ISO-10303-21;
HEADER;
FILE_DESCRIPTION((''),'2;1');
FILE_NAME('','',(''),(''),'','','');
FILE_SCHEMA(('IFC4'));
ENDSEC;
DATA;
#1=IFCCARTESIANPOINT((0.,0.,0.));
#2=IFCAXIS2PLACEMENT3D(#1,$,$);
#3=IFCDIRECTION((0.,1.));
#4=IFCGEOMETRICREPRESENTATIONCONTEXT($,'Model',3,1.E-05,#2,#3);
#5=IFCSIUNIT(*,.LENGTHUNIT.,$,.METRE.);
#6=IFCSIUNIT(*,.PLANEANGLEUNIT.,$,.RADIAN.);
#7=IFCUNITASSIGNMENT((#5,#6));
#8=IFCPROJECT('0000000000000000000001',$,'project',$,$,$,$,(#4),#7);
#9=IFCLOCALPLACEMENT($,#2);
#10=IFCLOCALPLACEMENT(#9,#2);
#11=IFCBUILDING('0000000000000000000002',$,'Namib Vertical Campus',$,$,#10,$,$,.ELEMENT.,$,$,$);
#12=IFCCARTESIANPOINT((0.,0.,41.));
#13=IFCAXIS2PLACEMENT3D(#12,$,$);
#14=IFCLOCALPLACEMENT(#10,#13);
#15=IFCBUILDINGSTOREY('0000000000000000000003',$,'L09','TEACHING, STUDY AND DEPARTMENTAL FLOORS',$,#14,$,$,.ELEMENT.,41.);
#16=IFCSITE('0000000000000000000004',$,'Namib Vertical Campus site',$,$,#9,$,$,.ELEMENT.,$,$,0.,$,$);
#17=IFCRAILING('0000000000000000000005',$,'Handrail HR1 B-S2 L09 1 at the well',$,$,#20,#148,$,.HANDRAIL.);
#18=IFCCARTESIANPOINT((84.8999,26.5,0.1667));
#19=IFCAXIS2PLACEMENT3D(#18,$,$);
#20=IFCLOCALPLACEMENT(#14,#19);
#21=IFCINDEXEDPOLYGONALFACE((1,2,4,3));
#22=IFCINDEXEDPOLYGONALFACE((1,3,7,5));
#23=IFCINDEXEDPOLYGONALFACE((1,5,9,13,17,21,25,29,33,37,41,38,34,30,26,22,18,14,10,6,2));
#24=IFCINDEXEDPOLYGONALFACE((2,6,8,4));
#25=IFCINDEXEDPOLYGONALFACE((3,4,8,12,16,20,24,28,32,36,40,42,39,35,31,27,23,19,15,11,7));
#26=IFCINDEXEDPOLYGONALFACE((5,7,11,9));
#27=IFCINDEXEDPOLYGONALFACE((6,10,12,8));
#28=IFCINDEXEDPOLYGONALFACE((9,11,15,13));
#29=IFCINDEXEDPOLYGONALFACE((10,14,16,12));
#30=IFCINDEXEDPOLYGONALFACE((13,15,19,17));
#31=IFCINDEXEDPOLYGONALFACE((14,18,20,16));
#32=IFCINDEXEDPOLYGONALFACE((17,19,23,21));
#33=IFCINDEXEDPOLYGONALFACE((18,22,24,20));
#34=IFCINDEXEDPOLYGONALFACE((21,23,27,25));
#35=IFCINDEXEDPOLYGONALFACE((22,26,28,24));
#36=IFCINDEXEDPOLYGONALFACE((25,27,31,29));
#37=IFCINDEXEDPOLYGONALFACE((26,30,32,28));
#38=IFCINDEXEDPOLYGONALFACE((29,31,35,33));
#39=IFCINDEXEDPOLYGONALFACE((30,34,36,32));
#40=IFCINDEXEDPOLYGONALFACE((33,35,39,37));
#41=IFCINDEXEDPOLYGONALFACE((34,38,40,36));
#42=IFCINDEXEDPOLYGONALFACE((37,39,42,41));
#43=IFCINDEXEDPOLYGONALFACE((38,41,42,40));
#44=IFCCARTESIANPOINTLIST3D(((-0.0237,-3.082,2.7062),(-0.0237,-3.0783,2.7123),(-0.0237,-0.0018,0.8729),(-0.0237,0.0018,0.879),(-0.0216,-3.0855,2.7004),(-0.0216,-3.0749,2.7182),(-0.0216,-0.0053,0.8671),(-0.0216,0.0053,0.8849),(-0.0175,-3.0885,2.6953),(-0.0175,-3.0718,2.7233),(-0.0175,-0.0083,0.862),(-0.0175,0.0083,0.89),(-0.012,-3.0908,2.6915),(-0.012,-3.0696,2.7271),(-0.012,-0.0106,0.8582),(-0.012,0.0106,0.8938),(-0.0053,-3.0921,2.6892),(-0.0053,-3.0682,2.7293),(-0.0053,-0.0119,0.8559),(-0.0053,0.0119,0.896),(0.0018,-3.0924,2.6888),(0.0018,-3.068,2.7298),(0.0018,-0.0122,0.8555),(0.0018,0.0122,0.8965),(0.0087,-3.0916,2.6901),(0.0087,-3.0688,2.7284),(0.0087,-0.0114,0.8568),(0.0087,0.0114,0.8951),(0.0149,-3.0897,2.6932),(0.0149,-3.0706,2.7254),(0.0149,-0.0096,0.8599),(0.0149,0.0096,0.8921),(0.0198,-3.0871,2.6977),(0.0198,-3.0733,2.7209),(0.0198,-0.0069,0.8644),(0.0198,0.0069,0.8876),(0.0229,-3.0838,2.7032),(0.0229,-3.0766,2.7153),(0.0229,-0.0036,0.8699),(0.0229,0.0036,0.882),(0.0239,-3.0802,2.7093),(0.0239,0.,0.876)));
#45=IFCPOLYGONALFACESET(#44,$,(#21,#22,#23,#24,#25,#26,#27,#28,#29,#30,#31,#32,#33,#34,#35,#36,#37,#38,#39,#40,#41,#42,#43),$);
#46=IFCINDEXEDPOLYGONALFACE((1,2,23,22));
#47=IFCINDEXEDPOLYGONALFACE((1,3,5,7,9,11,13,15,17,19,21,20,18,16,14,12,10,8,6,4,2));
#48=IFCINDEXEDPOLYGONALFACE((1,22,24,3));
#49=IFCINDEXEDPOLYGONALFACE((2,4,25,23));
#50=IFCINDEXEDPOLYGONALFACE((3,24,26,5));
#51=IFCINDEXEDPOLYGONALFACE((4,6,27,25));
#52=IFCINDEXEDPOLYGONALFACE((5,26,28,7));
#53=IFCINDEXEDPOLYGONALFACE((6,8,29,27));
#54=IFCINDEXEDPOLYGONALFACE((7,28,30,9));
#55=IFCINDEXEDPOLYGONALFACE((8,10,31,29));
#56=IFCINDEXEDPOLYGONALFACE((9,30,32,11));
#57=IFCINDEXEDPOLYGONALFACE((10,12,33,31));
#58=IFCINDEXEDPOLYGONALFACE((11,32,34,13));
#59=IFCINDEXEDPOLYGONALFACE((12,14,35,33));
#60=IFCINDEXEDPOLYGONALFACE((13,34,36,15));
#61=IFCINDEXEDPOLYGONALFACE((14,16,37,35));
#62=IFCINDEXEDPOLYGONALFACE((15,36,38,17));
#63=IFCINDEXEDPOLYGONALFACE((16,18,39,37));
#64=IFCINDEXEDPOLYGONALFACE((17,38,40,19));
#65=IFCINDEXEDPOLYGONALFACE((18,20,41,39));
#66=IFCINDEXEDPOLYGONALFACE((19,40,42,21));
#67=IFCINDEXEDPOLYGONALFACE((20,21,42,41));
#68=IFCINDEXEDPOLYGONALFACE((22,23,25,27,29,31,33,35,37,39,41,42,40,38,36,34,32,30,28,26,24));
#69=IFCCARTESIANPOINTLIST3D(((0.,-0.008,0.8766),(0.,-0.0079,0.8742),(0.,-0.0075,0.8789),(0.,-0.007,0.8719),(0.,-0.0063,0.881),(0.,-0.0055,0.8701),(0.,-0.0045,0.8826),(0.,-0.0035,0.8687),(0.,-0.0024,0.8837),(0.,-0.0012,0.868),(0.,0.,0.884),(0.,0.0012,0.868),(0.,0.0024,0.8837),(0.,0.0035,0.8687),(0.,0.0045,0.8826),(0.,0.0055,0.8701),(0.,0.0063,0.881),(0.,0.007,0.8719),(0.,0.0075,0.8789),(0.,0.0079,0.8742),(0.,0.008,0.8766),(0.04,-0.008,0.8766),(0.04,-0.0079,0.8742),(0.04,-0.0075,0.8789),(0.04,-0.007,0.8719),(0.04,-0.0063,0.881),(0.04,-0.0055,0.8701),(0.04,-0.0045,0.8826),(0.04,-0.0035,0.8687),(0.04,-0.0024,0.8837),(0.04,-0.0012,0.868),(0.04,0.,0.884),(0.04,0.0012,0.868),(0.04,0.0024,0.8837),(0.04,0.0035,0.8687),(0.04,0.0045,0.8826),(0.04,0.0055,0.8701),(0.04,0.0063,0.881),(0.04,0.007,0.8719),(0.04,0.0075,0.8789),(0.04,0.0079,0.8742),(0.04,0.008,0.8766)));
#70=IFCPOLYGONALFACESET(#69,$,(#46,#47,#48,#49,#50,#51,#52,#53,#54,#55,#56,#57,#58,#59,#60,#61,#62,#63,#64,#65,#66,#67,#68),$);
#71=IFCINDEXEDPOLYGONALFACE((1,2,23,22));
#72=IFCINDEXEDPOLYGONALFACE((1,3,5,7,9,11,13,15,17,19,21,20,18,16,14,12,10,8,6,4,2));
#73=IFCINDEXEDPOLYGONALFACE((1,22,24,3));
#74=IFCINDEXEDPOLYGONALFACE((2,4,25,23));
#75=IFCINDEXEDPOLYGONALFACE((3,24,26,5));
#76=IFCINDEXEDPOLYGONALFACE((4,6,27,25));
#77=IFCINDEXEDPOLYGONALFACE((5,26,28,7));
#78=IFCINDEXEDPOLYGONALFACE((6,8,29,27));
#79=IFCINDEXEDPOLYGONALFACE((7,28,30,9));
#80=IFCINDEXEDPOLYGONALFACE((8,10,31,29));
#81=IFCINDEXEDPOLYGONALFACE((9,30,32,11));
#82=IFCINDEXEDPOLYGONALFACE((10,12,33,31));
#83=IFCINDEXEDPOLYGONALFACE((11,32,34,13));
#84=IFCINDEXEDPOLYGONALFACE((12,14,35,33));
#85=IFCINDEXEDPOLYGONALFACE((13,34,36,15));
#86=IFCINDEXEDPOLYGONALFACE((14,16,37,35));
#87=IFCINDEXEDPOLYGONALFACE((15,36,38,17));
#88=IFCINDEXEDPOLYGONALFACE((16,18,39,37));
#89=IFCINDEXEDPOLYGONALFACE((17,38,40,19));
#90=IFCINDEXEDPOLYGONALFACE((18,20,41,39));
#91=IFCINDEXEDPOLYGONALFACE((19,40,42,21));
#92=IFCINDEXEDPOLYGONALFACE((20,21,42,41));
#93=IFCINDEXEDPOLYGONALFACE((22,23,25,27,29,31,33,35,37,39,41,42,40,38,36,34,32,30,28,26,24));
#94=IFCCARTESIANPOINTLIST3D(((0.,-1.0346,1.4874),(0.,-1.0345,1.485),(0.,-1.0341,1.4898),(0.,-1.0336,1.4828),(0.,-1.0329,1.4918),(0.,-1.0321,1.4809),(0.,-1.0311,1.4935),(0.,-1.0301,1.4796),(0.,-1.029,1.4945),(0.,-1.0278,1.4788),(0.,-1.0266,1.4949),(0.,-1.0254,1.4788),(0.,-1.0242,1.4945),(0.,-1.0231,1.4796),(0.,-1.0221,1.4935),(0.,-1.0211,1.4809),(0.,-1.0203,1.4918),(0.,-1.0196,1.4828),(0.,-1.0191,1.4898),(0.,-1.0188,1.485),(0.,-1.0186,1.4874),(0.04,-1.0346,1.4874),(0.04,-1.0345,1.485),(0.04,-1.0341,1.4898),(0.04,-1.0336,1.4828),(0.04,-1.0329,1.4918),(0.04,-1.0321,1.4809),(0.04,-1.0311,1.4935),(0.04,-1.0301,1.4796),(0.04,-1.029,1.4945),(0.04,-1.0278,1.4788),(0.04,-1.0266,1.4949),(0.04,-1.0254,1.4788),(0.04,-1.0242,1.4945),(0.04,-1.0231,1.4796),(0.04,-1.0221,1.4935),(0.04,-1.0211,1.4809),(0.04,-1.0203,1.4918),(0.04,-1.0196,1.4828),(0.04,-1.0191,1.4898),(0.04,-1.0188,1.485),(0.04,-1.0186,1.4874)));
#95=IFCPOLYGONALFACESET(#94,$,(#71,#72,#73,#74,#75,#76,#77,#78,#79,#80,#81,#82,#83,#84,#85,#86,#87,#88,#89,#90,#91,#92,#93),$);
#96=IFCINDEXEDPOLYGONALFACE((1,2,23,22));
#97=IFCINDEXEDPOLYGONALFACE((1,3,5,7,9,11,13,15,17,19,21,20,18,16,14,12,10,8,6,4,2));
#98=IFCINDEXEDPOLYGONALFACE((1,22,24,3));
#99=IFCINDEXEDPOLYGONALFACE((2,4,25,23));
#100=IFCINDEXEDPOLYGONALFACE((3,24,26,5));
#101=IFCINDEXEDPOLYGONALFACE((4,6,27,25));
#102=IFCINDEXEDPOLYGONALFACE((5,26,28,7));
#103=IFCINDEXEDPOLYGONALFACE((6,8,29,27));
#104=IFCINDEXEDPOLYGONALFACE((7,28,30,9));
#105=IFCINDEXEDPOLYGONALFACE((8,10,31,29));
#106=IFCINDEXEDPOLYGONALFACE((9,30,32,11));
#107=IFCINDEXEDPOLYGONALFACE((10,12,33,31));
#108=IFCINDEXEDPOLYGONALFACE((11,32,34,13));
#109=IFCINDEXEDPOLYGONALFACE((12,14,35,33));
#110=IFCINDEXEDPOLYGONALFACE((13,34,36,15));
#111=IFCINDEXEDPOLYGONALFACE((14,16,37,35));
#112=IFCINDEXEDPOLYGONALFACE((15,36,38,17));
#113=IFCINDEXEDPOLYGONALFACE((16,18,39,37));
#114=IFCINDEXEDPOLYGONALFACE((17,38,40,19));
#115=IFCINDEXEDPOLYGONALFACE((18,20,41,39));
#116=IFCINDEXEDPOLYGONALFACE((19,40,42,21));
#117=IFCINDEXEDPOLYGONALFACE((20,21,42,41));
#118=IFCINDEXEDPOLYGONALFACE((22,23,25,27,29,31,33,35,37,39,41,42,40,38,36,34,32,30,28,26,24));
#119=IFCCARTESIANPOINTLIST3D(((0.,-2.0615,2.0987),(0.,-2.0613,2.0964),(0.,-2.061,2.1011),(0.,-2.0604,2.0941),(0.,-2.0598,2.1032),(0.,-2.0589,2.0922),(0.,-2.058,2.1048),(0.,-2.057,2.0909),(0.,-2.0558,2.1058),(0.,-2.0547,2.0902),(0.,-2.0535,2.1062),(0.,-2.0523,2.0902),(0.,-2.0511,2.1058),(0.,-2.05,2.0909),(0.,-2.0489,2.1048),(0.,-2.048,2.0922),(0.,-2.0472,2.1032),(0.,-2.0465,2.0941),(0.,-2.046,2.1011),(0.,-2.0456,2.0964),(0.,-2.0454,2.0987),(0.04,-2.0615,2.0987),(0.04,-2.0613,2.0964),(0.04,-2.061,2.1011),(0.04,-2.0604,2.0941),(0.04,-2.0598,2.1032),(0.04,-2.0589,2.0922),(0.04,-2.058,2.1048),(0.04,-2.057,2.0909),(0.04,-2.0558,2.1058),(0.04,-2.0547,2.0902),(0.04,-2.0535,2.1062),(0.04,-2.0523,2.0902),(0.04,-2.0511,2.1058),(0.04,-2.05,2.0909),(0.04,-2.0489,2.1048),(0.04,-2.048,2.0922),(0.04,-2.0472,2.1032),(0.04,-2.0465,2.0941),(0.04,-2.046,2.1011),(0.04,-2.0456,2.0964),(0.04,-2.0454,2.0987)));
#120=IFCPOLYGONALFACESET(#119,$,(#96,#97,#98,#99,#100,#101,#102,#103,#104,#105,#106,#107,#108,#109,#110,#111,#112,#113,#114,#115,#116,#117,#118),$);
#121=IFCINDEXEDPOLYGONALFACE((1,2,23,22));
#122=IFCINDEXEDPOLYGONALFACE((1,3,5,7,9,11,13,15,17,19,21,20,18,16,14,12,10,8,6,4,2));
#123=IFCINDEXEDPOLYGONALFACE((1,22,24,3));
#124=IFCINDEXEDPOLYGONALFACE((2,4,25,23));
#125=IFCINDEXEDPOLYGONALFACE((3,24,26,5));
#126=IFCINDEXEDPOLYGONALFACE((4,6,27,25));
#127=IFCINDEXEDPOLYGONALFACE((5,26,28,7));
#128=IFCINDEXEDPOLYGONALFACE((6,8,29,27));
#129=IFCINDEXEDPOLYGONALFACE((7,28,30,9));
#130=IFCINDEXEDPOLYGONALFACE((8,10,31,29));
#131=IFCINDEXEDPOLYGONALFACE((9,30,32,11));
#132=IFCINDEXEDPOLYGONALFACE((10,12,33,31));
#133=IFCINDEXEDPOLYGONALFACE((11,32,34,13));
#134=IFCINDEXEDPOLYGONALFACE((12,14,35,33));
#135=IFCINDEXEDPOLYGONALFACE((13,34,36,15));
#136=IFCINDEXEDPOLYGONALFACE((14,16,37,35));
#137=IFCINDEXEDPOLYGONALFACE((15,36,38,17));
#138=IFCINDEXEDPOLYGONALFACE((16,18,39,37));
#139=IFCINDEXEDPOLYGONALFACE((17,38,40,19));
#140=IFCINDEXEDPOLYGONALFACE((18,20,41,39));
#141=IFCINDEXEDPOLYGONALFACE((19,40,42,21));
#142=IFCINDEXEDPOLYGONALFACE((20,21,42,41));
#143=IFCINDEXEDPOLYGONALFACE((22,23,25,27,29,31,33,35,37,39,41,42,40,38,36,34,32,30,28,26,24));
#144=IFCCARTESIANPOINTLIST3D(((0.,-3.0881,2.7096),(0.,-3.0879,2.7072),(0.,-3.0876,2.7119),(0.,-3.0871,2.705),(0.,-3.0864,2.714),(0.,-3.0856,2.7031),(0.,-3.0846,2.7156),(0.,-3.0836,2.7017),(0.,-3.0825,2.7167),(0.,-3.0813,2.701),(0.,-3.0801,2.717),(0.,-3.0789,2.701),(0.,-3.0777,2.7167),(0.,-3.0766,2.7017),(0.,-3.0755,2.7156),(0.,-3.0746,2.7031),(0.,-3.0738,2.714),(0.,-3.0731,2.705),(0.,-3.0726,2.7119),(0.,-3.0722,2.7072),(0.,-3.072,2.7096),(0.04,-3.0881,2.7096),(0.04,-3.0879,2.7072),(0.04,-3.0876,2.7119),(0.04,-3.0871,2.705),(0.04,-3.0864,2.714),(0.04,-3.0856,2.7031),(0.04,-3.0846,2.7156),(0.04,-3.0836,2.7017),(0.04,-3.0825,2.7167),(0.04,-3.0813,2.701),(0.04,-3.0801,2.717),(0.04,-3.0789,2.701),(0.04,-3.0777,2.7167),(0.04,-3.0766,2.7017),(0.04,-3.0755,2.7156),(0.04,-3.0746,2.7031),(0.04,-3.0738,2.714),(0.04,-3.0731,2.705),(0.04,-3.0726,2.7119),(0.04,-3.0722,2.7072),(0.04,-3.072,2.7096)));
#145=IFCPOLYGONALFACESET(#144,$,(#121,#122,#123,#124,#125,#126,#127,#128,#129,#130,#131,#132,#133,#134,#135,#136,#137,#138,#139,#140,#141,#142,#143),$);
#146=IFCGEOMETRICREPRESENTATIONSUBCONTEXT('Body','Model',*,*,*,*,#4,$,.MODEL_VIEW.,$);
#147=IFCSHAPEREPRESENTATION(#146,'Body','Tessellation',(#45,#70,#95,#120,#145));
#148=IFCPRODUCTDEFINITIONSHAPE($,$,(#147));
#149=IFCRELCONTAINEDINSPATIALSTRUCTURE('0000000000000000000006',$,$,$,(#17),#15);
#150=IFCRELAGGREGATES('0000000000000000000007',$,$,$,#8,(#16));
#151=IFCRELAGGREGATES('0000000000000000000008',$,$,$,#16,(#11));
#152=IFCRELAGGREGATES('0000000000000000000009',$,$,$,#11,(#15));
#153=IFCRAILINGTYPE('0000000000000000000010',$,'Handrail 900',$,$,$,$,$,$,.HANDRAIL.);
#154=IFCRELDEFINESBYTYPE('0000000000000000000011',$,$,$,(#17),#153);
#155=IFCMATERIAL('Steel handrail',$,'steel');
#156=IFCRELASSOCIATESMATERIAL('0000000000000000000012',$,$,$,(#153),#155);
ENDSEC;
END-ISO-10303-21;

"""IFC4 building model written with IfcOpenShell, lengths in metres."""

from ifc_helpers import new_model, si_unit, direction, frame, origin, origin_2d, place, context, subcontext, project, spatial, circle, extrude, material, type_object, element, save


model = new_model("IFC4")

# Units and contexts
model_context = context("Model", 3, precision=1e-05, world=origin(), true_north=direction((0.0, 1.0)))
body_context = subcontext(model_context, "Body", "Model", "MODEL_VIEW")
ifc_project = project(units=[si_unit("LENGTHUNIT", "METRE"), si_unit("PLANEANGLEUNIT", "RADIAN")], contexts=[model_context])

# Site, building, storey
site_placement = place(None, origin())
site = spatial("IfcSite", under=ifc_project, at=site_placement, Name="Namib Vertical Campus site", CompositionType="ELEMENT", RefElevation=0.0)
building_placement = place(site_placement, origin())
building = spatial("IfcBuilding", under=site, at=building_placement, Name="Namib Vertical Campus", CompositionType="ELEMENT")
storey_placement = place(building_placement, frame((0.0, 0.0, 41.0)))
storey = spatial("IfcBuildingStorey", under=building, at=storey_placement, Name="L09", Description="TEACHING, STUDY AND DEPARTMENTAL FLOORS", CompositionType="ELEMENT", Elevation=41.0)

# Railing
ifc_material_1 = material(Name="Steel handrail", Category="steel")
railing_type_1 = type_object("IfcRailingType", Name="Handrail 900", PredefinedType="HANDRAIL", material=ifc_material_1)
railing_1_placement = place(storey_placement, frame((84.8999, 26.5, 0.1667)))
element("IfcRailing", 1, at=railing_1_placement, inside=storey, type_object=railing_type_1, Name="Handrail HR1 B-S2 L09 1 at the well", PredefinedType="HANDRAIL", context=body_context, shape_type="SweptSolid", body=[
    extrude(circle(Radius=0.0239, at=origin_2d()), frame((0.0, 0.0, 0.876), z_axis=(0.0, -0.859309, 0.511458), x_axis=(1.0, 0.0, 0.0)), (0.0, 0.0, 1.0), 3.5845),
    extrude(circle(Radius=0.0081, at=origin_2d()), frame((0.0, 0.0, 0.876), z_axis=(1.0, 0.0, 0.0), x_axis=(0.0, 0.0, 1.0)), (0.0, 0.0, 1.0), 0.04),
    extrude(circle(Radius=0.0081, at=origin_2d()), frame((0.0, -1.0266, 1.4868), z_axis=(1.0, 0.0, 0.0), x_axis=(0.0, 0.0, 1.0)), (0.0, 0.0, 1.0), 0.04),
    extrude(circle(Radius=0.0081, at=origin_2d()), frame((0.0, -2.0535, 2.0981), z_axis=(1.0, 0.0, 0.0), x_axis=(0.0, 0.0, 1.0)), (0.0, 0.0, 1.0), 0.04),
    extrude(circle(Radius=0.0081, at=origin_2d()), frame((0.0, -3.0801, 2.709), z_axis=(1.0, 0.0, 0.0), x_axis=(0.0, 0.0, 1.0)), (0.0, 0.0, 1.0), 0.04),
])

save(model, "model.ifc")
